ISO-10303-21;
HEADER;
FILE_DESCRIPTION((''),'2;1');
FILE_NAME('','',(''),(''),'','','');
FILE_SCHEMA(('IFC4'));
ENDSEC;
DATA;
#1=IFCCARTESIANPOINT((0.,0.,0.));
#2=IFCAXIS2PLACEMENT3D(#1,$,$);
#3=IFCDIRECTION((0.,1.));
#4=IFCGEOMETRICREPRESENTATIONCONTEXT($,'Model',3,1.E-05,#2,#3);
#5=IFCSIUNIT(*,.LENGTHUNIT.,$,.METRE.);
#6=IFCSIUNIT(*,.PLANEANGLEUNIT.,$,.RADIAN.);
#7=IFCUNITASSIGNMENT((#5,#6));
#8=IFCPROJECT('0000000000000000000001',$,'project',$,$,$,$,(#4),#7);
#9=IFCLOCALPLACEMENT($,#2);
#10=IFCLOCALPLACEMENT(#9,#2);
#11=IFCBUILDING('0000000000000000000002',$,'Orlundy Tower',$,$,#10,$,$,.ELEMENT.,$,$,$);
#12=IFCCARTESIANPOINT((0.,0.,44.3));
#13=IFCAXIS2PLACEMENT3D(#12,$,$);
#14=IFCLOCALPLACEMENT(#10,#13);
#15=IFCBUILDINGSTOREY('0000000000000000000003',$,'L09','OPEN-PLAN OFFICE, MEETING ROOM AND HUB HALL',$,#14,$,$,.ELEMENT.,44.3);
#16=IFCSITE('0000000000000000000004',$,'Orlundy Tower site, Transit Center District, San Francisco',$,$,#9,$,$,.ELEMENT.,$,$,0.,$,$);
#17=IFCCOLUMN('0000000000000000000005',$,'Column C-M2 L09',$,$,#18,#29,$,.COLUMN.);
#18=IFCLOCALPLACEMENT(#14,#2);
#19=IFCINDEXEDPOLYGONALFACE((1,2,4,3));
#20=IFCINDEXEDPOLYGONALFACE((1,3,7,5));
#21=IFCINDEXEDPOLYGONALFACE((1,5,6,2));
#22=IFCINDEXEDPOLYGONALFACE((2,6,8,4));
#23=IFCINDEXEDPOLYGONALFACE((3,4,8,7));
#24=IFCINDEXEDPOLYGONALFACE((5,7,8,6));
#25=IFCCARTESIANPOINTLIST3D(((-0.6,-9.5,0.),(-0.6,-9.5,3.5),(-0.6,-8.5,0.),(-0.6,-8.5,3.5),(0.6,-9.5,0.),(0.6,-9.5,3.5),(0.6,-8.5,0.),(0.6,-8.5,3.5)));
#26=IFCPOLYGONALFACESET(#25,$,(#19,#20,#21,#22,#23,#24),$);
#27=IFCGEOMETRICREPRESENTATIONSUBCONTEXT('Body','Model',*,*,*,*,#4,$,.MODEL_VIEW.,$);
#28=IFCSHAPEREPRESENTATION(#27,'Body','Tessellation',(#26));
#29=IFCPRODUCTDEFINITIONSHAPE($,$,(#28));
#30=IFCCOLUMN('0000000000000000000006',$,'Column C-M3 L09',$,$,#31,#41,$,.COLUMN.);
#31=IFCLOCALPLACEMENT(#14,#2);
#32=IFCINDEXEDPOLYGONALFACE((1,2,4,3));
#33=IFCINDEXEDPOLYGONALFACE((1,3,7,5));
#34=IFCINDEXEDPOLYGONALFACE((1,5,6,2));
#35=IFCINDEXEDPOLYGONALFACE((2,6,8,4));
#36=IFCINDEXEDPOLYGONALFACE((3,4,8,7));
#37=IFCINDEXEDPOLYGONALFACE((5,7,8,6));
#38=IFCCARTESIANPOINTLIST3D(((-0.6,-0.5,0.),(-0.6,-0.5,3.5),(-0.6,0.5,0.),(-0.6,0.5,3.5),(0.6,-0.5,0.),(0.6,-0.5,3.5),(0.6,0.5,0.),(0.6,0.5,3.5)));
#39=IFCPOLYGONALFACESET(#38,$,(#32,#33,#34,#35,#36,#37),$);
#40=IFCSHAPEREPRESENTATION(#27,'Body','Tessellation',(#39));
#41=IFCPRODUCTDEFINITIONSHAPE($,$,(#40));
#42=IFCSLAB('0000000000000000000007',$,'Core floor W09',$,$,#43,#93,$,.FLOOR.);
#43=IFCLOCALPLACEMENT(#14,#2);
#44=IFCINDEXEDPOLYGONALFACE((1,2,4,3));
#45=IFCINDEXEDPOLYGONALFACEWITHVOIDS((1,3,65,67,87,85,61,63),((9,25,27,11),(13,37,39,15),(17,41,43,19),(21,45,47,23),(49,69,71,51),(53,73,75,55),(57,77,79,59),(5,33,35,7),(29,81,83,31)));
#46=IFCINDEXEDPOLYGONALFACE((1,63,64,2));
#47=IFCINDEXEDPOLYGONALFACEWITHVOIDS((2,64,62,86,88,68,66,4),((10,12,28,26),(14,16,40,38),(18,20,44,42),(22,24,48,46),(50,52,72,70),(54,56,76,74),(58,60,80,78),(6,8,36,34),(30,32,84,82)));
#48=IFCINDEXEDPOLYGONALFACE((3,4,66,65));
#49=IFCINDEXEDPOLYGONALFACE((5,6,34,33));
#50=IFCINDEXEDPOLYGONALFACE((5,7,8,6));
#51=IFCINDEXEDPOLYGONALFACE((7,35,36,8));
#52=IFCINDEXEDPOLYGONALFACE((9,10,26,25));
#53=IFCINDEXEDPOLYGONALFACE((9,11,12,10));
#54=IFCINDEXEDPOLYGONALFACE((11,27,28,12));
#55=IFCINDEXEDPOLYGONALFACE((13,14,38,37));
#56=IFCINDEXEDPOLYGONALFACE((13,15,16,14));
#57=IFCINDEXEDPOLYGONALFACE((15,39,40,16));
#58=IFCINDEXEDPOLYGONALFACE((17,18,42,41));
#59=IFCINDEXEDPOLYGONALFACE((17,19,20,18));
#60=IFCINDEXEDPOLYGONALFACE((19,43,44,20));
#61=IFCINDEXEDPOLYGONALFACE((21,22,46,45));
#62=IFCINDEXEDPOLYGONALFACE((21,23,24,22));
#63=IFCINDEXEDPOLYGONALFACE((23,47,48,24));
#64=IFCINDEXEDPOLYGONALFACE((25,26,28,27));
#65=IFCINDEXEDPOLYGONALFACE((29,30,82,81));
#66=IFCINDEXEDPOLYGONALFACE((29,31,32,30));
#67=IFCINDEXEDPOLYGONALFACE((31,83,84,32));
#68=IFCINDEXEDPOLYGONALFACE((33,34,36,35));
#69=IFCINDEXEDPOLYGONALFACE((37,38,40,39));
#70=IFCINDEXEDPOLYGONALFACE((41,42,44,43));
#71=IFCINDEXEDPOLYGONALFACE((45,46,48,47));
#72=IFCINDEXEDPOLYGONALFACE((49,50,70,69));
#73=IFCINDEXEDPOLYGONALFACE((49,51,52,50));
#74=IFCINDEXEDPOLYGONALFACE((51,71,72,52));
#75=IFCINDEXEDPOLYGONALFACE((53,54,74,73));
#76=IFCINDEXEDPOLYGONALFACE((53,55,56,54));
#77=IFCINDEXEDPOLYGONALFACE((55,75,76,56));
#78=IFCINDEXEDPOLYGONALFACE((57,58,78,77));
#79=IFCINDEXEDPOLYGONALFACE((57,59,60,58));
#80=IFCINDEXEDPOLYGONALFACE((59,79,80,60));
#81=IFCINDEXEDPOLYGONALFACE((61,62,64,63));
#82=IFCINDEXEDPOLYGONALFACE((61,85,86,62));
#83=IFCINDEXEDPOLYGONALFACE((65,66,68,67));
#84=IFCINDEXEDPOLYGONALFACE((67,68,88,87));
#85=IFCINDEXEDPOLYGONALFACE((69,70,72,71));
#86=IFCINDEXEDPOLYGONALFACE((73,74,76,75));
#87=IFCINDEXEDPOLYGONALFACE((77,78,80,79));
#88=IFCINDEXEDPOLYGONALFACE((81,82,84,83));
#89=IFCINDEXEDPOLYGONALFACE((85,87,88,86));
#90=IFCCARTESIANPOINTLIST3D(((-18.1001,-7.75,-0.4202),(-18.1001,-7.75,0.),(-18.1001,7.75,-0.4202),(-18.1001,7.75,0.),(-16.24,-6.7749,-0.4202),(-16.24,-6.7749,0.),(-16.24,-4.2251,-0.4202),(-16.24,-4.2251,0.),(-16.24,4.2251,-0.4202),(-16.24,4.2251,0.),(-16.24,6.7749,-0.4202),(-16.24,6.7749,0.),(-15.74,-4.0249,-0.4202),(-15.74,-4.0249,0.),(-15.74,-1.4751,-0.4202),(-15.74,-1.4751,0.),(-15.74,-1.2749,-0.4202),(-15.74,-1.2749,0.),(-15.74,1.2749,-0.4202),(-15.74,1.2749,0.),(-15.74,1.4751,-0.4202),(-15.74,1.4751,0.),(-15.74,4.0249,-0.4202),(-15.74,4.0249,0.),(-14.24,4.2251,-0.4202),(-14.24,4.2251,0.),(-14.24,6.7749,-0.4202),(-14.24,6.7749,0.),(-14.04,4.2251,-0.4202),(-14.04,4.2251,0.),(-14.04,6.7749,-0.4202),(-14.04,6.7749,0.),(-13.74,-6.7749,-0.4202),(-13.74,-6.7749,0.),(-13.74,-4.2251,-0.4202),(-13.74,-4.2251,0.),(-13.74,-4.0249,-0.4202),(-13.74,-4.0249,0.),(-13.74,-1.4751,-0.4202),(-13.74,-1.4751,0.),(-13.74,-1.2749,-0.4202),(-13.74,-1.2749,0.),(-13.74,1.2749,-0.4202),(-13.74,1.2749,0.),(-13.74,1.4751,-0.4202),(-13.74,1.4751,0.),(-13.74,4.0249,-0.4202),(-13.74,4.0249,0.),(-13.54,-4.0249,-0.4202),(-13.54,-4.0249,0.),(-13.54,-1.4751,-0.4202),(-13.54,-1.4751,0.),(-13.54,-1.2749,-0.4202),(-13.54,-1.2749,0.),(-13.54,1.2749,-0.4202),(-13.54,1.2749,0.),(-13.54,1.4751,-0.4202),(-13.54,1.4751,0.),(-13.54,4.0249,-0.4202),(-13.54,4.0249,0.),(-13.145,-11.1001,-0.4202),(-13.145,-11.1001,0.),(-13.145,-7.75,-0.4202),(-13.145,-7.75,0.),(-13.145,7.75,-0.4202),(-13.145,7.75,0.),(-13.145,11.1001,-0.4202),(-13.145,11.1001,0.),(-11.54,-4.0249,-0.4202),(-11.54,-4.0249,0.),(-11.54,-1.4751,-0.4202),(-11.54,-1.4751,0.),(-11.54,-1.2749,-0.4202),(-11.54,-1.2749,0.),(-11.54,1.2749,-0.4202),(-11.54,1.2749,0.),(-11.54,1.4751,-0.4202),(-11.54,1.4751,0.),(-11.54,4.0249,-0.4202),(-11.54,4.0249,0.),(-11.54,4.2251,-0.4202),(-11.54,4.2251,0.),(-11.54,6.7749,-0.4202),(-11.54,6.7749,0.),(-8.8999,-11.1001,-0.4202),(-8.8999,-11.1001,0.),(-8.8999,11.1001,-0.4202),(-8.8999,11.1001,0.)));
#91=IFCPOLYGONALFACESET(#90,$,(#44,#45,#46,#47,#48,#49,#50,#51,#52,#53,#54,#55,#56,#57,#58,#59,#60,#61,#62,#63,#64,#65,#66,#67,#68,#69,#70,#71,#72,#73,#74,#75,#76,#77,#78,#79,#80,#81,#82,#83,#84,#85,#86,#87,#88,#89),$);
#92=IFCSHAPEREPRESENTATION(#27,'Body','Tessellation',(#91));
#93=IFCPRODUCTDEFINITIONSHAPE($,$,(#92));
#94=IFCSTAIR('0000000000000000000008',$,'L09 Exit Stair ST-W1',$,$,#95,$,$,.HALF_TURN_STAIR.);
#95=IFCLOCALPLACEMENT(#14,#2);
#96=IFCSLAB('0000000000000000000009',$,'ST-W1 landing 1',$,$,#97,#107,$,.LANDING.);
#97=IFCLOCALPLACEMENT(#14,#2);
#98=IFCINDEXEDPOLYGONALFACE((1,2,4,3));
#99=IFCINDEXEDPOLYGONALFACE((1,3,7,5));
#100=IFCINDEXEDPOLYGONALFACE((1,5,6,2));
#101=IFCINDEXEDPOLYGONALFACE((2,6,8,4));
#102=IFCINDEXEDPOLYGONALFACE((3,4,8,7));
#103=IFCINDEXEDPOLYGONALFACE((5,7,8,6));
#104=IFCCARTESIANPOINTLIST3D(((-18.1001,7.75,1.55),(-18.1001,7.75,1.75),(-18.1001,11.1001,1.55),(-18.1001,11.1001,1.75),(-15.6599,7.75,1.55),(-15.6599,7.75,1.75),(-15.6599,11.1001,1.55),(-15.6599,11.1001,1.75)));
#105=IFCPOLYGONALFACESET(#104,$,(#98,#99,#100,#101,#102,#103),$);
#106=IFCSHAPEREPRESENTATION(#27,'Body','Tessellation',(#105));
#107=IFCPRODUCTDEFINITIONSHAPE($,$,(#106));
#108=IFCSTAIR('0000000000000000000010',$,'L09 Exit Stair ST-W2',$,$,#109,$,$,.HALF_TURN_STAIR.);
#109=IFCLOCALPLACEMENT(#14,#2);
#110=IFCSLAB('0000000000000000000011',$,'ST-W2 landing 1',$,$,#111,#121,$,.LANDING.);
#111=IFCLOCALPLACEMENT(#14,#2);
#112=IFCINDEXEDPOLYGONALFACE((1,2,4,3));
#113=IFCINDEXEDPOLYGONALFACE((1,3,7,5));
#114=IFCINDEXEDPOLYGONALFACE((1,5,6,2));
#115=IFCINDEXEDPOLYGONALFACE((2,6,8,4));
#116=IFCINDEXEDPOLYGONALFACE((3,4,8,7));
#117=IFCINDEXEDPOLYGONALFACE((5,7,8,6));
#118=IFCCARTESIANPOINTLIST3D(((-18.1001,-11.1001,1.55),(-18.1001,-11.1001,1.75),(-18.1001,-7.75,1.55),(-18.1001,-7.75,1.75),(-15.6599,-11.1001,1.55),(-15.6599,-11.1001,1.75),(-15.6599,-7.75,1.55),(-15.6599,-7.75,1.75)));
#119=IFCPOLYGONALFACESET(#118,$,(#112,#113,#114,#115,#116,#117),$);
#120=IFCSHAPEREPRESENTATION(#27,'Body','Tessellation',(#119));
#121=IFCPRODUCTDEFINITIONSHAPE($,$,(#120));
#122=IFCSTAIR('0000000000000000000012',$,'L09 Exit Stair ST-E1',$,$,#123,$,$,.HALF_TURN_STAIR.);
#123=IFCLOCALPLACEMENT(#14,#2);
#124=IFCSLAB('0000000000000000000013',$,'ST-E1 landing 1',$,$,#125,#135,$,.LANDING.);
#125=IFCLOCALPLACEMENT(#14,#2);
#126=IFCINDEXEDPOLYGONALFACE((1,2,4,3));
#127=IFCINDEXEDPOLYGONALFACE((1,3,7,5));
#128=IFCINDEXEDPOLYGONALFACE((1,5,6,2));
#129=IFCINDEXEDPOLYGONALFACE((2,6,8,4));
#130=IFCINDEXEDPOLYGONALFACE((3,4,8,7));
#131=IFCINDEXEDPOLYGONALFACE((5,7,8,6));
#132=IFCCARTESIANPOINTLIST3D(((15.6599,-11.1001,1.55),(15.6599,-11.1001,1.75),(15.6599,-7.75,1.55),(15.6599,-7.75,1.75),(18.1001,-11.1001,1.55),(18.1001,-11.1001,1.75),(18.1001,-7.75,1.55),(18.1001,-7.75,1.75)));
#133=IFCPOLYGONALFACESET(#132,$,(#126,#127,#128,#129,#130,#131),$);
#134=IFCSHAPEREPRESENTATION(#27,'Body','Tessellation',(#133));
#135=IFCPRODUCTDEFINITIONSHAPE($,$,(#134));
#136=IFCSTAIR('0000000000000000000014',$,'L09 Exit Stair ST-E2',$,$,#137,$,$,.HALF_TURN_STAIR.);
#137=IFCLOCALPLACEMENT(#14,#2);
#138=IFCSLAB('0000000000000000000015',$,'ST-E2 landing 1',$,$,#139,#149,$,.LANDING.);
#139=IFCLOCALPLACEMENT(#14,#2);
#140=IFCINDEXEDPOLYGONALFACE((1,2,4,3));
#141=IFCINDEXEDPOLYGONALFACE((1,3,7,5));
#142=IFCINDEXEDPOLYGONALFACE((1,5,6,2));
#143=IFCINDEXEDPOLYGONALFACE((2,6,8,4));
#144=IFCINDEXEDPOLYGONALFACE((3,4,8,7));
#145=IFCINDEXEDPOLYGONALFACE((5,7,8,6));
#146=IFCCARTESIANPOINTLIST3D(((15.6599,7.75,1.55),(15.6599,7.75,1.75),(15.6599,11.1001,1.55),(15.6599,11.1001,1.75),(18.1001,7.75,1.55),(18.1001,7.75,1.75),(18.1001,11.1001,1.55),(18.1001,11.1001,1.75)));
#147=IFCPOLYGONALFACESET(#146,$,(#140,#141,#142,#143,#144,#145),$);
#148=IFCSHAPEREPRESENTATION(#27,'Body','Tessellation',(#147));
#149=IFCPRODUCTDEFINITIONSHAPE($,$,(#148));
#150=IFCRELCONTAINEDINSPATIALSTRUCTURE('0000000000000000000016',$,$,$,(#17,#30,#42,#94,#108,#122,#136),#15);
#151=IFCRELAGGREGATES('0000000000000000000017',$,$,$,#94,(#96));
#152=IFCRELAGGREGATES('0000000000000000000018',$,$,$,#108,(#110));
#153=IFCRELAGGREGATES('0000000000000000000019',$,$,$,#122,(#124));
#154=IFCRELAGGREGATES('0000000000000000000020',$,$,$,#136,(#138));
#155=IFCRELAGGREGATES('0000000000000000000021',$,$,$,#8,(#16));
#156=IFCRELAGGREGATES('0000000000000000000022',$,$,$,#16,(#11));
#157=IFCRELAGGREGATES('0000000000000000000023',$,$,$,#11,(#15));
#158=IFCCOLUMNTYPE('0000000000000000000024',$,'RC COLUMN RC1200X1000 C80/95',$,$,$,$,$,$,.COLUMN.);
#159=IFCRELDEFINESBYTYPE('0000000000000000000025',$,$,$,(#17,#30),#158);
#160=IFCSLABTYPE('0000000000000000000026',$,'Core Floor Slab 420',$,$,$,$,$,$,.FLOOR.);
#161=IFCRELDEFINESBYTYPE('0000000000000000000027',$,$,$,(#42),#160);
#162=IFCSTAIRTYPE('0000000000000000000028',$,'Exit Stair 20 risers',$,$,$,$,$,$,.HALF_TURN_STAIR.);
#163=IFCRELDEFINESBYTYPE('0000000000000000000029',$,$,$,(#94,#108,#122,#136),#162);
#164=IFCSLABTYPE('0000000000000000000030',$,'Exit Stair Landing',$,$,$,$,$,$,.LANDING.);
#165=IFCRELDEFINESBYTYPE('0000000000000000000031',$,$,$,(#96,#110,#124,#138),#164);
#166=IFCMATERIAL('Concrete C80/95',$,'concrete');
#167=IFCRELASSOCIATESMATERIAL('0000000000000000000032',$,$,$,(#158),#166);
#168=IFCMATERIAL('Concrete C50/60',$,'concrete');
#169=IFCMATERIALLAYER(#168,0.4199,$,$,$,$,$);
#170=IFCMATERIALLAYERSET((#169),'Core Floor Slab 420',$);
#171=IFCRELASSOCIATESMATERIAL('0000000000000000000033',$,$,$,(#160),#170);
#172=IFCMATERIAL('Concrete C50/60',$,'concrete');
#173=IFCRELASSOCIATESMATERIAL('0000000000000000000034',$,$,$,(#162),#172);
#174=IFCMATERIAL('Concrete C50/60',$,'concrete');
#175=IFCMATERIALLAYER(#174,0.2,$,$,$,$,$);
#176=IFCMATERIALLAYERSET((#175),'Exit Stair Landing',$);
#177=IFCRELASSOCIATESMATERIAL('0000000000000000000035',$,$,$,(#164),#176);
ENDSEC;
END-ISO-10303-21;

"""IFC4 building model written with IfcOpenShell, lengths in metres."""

from ifc_helpers import new_model, si_unit, direction, frame, origin, origin_2d, place, context, subcontext, project, spatial, polyline, rectangle, outline, extrude, material, layer, layer_set, material_profile, profile_set, type_object, element, aggregate, save


model = new_model("IFC4")

# Units and contexts
model_context = context("Model", 3, precision=1e-05, world=origin(), true_north=direction((0.0, 1.0)))
body_context = subcontext(model_context, "Body", "Model", "MODEL_VIEW")
ifc_project = project(units=[si_unit("LENGTHUNIT", "METRE"), si_unit("PLANEANGLEUNIT", "RADIAN")], contexts=[model_context])

# Site, building, storey
site_placement = place(None, origin())
site = spatial("IfcSite", under=ifc_project, at=site_placement, Name="Orlundy Tower site, Transit Center District, San Francisco", CompositionType="ELEMENT", RefElevation=0.0)
building_placement = place(site_placement, origin())
building = spatial("IfcBuilding", under=site, at=building_placement, Name="Orlundy Tower", CompositionType="ELEMENT")
storey_placement = place(building_placement, frame((0.0, 0.0, 44.3)))
storey = spatial("IfcBuildingStorey", under=building, at=storey_placement, Name="L09", Description="OPEN-PLAN OFFICE, MEETING ROOM AND HUB HALL", CompositionType="ELEMENT", Elevation=44.3)

# Columns
ifc_material_1 = material(Name="Concrete C80/95", Category="concrete")
ifc_material_profile = material_profile(ifc_material_1, rectangle(XDim=1.2, YDim=1.0, at=origin_2d()), Name="RC1200X1000")
ifc_profile_set = profile_set([ifc_material_profile], Name="Concrete C80/95")
column_type = type_object("IfcColumnType", Name="RC COLUMN RC1200X1000 C80/95", PredefinedType="COLUMN", material=ifc_profile_set)
for number, where, z_axis, x_axis, name in (
    (1, (0.0, -9.0, 0.0), (0.0, 0.0, 1.0), (1.0, 0.0, 0.0), "Column C-M2 L09"),
    (2, (0.0, 0.0, 0.0), (0.0, 0.0, 1.0), (1.0, 0.0, 0.0), "Column C-M3 L09"),
):
    element("IfcColumn", number, at=place(storey_placement, frame(where, z_axis=z_axis, x_axis=x_axis)), inside=storey, type_object=column_type, Name=name, PredefinedType="COLUMN", context=body_context, shape_type="SweptSolid", body=[
        extrude(rectangle(XDim=1.2, YDim=1.0, at=origin_2d()), origin(), (0.0, 0.0, 1.0), 3.5),
    ])

# Slab
ifc_material_2 = material(Name="Concrete C50/60", Category="concrete")
ifc_layer_1 = layer(ifc_material_2, 0.4199)
ifc_layer_set_1 = layer_set([ifc_layer_1], Name="Core Floor Slab 420")
slab_type_1 = type_object("IfcSlabType", Name="Core Floor Slab 420", PredefinedType="FLOOR", material=ifc_layer_set_1)
slab_1_placement = place(storey_placement, frame((0.0, 0.0, -0.4202)))
element("IfcSlab", 3, at=slab_1_placement, inside=storey, type_object=slab_type_1, Name="Core floor W09", PredefinedType="FLOOR", context=body_context, shape_type="SweptSolid", body=[
    extrude(outline(polyline([(-13.145, 7.75), (-13.145, 11.1001), (-8.8999, 11.1001), (-8.8999, -11.1001), (-13.145, -11.1001), (-13.145, -7.75), (-18.1001, -7.75), (-18.1001, 7.75), (-13.145, 7.75)]), holes=[polyline([(-16.24, -6.7749), (-13.74, -6.7749), (-13.74, -4.2251), (-16.24, -4.2251), (-16.24, -6.7749)]), polyline([(-13.54, -1.4751), (-13.54, -4.0249), (-11.54, -4.0249), (-11.54, -1.4751), (-13.54, -1.4751)]), polyline([(-13.74, -1.4751), (-15.74, -1.4751), (-15.74, -4.0249), (-13.74, -4.0249), (-13.74, -1.4751)]), polyline([(-11.54, -1.2749), (-11.54, 1.2749), (-13.54, 1.2749), (-13.54, -1.2749), (-11.54, -1.2749)]), polyline([(-15.74, -1.2749), (-13.74, -1.2749), (-13.74, 1.2749), (-15.74, 1.2749), (-15.74, -1.2749)]), polyline([(-13.54, 4.0249), (-13.54, 1.4751), (-11.54, 1.4751), (-11.54, 4.0249), (-13.54, 4.0249)]), polyline([(-13.74, 4.0249), (-15.74, 4.0249), (-15.74, 1.4751), (-13.74, 1.4751), (-13.74, 4.0249)]), polyline([(-11.54, 4.2251), (-11.54, 6.7749), (-14.04, 6.7749), (-14.04, 4.2251), (-11.54, 4.2251)]), polyline([(-16.24, 4.2251), (-14.24, 4.2251), (-14.24, 6.7749), (-16.24, 6.7749), (-16.24, 4.2251)])]), origin(), (0.0, 0.0, 1.0), 0.4202),
])

# Stairs, slabs
ifc_material_3 = material(Name="Concrete C50/60", Category="concrete")
stair_type = type_object("IfcStairType", Name="Exit Stair 20 risers", PredefinedType="HALF_TURN_STAIR", material=ifc_material_3)
stair_1_placement = place(storey_placement, origin())
stair_1 = element("IfcStair", 4, at=stair_1_placement, inside=storey, type_object=stair_type, Name="L09 Exit Stair ST-W1", PredefinedType="HALF_TURN_STAIR")
ifc_material_4 = material(Name="Concrete C50/60", Category="concrete")
ifc_layer_2 = layer(ifc_material_4, 0.2)
ifc_layer_set_2 = layer_set([ifc_layer_2], Name="Exit Stair Landing")
slab_type_2 = type_object("IfcSlabType", Name="Exit Stair Landing", PredefinedType="LANDING", material=ifc_layer_set_2)
slab_2_placement = place(storey_placement, frame((0.0, 0.0, 1.55)))
slab_2 = element("IfcSlab", 5, at=slab_2_placement, type_object=slab_type_2, Name="ST-W1 landing 1", PredefinedType="LANDING", context=body_context, shape_type="SweptSolid", body=[
    extrude(outline(polyline([(-15.6599, 11.1001), (-18.1001, 11.1001), (-18.1001, 7.75), (-15.6599, 7.75), (-15.6599, 11.1001)])), origin(), (0.0, 0.0, 1.0), 0.2),
])
aggregate(stair_1, [slab_2])
stair_2_placement = place(storey_placement, origin())
stair_2 = element("IfcStair", 6, at=stair_2_placement, inside=storey, type_object=stair_type, Name="L09 Exit Stair ST-W2", PredefinedType="HALF_TURN_STAIR")
slab_3_placement = place(storey_placement, frame((0.0, 0.0, 1.55)))
slab_3 = element("IfcSlab", 7, at=slab_3_placement, type_object=slab_type_2, Name="ST-W2 landing 1", PredefinedType="LANDING", context=body_context, shape_type="SweptSolid", body=[
    extrude(outline(polyline([(-15.6599, -7.75), (-18.1001, -7.75), (-18.1001, -11.1001), (-15.6599, -11.1001), (-15.6599, -7.75)])), origin(), (0.0, 0.0, 1.0), 0.2),
])
aggregate(stair_2, [slab_3])
stair_3_placement = place(storey_placement, origin())
stair_3 = element("IfcStair", 8, at=stair_3_placement, inside=storey, type_object=stair_type, Name="L09 Exit Stair ST-E1", PredefinedType="HALF_TURN_STAIR")
slab_4_placement = place(storey_placement, frame((0.0, 0.0, 1.55)))
slab_4 = element("IfcSlab", 9, at=slab_4_placement, type_object=slab_type_2, Name="ST-E1 landing 1", PredefinedType="LANDING", context=body_context, shape_type="SweptSolid", body=[
    extrude(outline(polyline([(15.6599, -11.1001), (18.1001, -11.1001), (18.1001, -7.75), (15.6599, -7.75), (15.6599, -11.1001)])), origin(), (0.0, 0.0, 1.0), 0.2),
])
aggregate(stair_3, [slab_4])
stair_4_placement = place(storey_placement, origin())
stair_4 = element("IfcStair", 10, at=stair_4_placement, inside=storey, type_object=stair_type, Name="L09 Exit Stair ST-E2", PredefinedType="HALF_TURN_STAIR")
slab_5_placement = place(storey_placement, frame((0.0, 0.0, 1.55)))
slab_5 = element("IfcSlab", 11, at=slab_5_placement, type_object=slab_type_2, Name="ST-E2 landing 1", PredefinedType="LANDING", context=body_context, shape_type="SweptSolid", body=[
    extrude(outline(polyline([(15.6599, 7.75), (18.1001, 7.75), (18.1001, 11.1001), (15.6599, 11.1001), (15.6599, 7.75)])), origin(), (0.0, 0.0, 1.0), 0.2),
])
aggregate(stair_4, [slab_5])

save(model, "model.ifc")
